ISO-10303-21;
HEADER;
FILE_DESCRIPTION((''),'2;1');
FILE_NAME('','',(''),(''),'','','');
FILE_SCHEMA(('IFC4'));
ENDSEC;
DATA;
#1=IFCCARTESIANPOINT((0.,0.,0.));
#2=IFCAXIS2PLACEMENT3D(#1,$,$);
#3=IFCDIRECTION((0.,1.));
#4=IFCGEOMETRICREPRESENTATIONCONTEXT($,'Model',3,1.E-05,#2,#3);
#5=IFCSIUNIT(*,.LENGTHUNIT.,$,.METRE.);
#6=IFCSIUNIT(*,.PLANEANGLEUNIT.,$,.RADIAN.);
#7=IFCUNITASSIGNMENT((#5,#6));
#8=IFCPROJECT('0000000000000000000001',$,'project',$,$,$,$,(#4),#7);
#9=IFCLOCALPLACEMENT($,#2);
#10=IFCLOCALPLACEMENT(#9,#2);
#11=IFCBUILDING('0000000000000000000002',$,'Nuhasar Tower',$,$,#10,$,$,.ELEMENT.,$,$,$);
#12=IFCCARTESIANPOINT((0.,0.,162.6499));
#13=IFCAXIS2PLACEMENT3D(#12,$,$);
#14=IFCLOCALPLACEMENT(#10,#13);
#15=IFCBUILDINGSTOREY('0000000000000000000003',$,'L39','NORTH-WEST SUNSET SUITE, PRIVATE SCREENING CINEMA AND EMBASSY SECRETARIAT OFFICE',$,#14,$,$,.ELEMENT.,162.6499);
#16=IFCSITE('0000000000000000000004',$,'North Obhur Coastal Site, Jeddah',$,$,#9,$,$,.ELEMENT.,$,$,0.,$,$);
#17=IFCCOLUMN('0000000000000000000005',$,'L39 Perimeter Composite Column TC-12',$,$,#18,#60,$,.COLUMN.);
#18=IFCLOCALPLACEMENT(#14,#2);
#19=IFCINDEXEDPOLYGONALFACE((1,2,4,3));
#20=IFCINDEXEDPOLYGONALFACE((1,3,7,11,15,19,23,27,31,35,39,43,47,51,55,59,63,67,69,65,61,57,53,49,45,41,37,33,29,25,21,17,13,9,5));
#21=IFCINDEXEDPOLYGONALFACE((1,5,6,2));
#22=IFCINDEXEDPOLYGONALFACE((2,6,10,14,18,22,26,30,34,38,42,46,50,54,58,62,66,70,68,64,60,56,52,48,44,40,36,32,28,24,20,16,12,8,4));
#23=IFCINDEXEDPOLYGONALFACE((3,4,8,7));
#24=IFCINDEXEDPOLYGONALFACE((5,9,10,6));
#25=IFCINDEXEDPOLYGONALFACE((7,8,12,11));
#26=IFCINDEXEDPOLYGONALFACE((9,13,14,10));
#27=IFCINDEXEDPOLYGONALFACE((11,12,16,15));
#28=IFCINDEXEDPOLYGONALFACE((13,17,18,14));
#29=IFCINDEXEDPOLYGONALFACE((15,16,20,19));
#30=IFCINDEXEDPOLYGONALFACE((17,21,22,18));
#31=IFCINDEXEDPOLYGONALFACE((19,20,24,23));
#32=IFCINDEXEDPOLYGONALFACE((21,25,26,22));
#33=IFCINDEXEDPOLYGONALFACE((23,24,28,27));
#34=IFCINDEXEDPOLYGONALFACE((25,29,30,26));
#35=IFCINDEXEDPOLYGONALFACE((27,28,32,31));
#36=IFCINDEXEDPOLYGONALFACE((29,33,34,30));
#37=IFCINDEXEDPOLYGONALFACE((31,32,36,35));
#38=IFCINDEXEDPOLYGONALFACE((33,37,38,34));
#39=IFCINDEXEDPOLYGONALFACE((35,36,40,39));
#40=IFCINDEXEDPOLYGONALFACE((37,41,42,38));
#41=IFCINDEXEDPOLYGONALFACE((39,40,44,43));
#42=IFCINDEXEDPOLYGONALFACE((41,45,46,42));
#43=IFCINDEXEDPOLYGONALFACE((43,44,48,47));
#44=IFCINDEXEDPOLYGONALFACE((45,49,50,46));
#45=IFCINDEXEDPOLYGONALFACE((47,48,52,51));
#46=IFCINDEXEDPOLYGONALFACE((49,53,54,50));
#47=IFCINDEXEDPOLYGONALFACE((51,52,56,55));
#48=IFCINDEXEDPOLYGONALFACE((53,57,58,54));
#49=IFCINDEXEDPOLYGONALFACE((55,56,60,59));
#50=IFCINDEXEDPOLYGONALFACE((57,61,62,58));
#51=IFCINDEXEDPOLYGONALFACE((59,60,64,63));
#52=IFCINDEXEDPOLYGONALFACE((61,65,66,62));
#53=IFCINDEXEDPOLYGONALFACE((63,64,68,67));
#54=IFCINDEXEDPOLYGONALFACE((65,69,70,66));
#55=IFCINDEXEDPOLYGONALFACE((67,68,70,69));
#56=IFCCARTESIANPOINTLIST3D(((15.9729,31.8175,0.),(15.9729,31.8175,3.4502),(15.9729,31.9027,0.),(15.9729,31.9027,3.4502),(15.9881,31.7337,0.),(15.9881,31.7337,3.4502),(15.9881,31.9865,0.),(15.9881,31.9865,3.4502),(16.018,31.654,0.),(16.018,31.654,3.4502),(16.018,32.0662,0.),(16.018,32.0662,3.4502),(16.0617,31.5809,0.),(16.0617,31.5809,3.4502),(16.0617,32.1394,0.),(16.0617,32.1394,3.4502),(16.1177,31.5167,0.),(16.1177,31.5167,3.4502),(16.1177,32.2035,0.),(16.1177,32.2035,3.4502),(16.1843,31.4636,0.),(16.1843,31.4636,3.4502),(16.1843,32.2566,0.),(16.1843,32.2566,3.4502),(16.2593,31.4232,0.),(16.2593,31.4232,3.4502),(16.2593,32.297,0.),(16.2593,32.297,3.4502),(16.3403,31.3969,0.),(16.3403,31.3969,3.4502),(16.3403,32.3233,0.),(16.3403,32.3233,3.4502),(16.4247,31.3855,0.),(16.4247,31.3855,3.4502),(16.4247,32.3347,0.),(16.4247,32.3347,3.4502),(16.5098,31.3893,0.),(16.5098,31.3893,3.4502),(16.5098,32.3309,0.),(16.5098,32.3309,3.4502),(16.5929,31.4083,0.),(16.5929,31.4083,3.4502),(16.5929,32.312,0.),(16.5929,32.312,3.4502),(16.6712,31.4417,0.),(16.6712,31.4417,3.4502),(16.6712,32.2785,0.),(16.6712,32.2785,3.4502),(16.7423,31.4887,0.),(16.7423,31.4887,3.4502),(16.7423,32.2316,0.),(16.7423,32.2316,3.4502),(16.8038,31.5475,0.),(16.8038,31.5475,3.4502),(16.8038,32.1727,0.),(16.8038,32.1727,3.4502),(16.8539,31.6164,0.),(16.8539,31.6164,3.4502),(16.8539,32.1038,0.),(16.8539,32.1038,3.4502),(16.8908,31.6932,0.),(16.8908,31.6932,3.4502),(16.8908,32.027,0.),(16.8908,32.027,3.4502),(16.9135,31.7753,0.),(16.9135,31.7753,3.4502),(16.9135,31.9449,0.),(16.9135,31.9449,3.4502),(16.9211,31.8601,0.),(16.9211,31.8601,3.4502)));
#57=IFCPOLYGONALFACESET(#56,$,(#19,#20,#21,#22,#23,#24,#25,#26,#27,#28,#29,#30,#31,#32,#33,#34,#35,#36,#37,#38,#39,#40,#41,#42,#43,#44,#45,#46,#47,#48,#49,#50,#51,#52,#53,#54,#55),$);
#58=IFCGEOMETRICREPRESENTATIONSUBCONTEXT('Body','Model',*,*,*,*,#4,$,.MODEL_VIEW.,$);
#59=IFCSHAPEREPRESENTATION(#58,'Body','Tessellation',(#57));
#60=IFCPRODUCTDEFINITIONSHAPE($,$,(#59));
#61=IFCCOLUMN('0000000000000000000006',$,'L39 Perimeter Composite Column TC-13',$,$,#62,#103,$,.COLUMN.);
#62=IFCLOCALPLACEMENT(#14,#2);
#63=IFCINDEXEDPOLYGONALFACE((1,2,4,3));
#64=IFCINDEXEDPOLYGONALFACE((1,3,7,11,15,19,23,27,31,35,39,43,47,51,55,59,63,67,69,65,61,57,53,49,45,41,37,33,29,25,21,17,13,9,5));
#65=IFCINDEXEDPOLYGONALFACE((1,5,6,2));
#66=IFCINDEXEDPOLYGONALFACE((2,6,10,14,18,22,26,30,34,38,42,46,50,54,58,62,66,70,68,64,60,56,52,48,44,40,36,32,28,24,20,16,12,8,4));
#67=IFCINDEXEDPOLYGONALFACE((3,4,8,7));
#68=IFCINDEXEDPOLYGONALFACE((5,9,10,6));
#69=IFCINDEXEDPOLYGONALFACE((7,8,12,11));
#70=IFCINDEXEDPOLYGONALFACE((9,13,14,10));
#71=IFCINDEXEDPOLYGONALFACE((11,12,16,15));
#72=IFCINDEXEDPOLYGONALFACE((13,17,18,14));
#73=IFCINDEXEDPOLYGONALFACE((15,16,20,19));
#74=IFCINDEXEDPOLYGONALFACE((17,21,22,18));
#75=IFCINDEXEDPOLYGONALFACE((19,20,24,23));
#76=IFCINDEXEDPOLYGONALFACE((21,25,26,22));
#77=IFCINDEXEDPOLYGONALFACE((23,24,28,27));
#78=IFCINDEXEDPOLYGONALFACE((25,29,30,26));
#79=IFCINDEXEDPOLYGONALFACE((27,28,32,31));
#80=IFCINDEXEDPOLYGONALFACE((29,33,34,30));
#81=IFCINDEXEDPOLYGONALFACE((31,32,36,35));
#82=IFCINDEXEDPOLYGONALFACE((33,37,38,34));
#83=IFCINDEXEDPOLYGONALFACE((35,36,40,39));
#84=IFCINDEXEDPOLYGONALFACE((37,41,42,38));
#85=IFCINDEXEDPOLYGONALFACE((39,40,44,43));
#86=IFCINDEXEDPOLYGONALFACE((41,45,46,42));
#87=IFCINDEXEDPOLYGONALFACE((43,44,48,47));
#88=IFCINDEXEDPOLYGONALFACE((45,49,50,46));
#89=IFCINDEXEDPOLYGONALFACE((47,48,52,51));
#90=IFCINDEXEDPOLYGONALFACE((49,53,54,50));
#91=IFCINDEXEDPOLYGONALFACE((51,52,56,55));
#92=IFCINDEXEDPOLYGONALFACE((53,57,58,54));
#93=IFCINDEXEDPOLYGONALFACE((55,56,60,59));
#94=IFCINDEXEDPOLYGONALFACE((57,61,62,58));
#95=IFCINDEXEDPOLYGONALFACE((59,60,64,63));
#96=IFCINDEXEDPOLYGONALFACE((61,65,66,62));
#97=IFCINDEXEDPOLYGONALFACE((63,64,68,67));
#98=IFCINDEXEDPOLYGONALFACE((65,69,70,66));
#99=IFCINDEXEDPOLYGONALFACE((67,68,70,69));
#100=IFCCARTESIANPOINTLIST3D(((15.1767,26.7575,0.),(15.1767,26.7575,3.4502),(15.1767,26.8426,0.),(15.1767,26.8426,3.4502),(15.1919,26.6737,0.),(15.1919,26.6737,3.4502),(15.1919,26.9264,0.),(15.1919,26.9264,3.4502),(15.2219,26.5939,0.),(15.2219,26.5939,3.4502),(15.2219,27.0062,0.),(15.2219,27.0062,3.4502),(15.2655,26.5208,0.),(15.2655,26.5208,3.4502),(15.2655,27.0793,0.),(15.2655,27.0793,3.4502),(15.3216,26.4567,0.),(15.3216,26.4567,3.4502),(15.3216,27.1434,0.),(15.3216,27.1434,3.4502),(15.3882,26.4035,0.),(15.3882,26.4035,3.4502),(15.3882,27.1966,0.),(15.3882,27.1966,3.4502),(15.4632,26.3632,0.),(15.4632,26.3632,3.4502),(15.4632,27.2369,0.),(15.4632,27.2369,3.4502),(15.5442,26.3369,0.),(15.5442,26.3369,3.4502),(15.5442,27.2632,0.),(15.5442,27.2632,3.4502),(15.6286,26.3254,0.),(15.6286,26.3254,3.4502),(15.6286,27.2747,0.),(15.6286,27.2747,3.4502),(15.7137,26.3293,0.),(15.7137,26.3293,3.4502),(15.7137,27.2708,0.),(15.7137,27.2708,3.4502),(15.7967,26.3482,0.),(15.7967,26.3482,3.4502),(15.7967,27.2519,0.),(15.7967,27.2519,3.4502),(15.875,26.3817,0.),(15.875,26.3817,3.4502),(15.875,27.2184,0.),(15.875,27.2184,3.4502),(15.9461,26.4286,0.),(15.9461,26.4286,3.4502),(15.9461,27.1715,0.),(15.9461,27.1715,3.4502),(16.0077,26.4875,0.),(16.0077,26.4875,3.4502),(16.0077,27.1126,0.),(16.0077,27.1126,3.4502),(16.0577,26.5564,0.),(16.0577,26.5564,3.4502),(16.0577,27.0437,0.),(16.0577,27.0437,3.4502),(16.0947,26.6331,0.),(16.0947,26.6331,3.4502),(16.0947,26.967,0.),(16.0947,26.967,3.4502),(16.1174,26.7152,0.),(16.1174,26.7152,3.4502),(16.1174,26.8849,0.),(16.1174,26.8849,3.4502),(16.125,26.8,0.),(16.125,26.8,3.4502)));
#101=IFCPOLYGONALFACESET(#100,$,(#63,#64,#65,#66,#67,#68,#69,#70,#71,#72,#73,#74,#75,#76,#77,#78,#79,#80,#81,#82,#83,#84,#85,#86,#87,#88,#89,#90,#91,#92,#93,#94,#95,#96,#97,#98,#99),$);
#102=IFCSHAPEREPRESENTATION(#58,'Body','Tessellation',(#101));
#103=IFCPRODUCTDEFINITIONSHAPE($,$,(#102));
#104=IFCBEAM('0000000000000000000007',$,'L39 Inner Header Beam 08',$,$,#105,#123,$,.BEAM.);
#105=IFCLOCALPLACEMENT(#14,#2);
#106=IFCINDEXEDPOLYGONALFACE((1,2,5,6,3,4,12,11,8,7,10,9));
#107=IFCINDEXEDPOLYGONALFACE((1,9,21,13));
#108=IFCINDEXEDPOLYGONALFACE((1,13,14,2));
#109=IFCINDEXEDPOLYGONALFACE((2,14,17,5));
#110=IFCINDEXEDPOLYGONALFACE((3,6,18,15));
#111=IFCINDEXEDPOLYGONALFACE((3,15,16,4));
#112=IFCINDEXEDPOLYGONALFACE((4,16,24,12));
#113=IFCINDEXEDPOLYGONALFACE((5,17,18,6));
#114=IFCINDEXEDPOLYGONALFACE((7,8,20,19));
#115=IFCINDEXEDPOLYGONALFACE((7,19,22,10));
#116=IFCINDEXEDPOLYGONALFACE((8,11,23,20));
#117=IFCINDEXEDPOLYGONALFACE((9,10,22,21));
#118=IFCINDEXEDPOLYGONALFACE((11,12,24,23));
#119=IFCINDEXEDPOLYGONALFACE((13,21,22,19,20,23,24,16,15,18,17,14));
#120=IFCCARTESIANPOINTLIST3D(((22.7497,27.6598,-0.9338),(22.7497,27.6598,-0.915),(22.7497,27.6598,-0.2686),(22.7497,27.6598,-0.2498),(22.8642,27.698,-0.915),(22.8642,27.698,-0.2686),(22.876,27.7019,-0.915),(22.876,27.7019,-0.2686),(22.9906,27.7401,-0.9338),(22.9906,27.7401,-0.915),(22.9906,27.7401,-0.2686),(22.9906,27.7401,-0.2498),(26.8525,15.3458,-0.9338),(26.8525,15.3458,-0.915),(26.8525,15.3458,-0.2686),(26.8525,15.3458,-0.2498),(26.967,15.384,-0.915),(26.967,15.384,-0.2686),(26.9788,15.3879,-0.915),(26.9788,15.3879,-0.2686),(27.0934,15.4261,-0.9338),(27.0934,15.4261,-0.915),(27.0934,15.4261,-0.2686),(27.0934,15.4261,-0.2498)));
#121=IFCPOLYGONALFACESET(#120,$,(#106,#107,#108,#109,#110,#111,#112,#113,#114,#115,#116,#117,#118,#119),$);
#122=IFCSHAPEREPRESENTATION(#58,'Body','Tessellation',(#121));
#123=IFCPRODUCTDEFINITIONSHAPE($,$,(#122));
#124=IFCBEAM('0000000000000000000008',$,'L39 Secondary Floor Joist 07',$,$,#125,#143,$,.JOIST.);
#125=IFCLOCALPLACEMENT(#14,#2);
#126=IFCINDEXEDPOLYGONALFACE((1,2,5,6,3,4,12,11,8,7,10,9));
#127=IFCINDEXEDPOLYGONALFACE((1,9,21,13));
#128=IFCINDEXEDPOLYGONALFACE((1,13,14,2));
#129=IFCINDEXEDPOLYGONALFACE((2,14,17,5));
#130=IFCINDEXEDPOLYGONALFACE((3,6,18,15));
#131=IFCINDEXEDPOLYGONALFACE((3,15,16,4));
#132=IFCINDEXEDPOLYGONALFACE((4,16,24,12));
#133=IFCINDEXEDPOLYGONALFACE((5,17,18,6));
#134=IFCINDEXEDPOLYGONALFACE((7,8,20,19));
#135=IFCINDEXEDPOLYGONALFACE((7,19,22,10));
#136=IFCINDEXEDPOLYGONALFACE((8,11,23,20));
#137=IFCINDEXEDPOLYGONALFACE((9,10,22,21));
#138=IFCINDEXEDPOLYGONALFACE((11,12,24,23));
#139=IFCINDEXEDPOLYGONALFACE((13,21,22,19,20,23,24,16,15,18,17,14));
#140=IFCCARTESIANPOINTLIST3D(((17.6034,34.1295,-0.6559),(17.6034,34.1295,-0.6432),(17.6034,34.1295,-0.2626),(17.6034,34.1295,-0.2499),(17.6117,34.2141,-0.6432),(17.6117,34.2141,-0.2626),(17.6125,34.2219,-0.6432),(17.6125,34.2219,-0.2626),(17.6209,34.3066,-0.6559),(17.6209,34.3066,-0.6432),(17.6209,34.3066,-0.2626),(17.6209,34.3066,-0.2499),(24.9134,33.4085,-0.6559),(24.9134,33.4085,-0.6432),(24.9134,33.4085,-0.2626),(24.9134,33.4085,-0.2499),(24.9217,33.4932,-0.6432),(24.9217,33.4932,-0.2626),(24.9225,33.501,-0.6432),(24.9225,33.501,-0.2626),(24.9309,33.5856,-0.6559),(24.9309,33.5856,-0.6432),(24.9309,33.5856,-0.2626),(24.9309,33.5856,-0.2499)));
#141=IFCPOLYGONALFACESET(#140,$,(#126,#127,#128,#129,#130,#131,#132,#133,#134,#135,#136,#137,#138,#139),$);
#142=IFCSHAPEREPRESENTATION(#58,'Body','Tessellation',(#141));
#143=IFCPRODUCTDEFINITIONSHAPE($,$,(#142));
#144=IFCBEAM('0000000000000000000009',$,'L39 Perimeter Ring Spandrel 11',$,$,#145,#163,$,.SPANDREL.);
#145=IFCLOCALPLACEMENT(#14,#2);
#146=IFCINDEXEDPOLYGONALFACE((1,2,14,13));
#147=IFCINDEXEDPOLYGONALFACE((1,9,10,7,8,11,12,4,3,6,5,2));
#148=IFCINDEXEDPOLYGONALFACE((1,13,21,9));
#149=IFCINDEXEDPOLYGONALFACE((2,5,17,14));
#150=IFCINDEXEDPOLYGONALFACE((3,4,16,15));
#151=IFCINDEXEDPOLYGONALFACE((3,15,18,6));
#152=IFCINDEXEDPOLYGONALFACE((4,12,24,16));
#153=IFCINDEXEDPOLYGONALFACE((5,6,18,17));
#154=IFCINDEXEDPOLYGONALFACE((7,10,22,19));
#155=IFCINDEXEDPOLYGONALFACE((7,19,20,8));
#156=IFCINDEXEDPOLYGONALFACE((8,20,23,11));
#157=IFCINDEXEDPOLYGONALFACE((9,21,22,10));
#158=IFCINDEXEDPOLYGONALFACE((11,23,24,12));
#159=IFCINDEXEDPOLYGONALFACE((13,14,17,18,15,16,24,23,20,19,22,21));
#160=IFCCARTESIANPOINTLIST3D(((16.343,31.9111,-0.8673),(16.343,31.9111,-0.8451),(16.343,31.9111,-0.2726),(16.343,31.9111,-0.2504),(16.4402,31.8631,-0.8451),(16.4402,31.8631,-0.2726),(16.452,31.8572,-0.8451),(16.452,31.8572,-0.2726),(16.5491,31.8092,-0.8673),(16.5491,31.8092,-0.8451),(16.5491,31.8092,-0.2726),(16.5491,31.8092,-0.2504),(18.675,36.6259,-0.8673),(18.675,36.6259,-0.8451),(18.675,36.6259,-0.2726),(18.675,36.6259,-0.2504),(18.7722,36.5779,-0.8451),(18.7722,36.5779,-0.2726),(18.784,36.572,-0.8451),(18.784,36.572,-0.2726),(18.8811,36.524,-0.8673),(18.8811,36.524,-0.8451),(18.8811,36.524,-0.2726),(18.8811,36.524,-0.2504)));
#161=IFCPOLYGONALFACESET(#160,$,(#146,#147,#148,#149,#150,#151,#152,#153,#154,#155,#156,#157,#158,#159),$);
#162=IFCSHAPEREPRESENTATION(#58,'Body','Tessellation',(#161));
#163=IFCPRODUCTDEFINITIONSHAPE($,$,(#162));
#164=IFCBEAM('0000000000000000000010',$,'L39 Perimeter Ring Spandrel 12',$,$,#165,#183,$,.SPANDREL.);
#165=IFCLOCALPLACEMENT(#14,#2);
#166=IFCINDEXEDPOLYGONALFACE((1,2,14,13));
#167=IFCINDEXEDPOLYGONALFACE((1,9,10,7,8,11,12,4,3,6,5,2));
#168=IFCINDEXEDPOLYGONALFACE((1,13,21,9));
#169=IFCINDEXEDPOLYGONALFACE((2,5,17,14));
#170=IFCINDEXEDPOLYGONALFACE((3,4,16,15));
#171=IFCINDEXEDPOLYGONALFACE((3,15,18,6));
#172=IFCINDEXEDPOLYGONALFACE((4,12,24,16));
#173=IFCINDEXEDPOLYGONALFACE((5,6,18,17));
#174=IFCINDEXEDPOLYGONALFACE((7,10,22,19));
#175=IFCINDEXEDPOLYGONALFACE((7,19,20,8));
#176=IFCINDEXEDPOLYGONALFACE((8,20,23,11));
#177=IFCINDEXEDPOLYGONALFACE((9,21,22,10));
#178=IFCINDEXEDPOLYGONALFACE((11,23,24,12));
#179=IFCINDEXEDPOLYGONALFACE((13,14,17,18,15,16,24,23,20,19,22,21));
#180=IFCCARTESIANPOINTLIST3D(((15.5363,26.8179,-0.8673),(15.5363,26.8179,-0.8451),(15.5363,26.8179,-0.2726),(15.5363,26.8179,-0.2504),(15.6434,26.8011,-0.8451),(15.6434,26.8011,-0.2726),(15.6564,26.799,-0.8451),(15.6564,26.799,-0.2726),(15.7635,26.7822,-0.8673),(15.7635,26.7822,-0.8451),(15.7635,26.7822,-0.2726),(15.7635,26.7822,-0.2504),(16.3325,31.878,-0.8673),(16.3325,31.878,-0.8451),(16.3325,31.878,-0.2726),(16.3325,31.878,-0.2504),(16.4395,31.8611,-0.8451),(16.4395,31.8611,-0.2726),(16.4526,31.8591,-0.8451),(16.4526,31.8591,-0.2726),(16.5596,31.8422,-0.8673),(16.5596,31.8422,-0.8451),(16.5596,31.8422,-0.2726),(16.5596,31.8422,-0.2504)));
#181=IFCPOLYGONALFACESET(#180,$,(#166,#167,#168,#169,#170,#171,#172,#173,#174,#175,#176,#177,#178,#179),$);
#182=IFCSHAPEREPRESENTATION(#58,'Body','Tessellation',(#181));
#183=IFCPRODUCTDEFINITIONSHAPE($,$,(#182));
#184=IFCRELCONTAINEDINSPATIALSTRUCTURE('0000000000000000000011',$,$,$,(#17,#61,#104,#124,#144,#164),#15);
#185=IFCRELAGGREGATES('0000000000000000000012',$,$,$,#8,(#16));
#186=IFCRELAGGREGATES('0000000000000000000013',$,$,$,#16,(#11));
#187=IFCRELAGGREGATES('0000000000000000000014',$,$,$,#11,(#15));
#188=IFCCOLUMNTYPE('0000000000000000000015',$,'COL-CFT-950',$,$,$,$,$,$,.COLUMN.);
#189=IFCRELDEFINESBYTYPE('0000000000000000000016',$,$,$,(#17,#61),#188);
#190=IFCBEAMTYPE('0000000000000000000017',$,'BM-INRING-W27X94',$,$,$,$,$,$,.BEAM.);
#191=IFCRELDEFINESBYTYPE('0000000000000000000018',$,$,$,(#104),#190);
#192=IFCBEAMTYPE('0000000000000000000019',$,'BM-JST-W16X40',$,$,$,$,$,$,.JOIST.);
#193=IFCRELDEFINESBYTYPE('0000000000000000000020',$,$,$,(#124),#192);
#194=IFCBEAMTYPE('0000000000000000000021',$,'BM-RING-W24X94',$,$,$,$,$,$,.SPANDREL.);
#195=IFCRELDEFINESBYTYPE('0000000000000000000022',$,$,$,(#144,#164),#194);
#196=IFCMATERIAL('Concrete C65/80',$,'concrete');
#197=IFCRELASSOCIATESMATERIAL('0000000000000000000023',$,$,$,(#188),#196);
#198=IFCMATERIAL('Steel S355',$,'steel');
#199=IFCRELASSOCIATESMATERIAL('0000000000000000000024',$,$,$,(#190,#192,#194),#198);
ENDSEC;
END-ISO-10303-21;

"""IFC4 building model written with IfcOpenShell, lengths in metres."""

from ifc_helpers import new_model, si_unit, direction, frame, origin, origin_2d, place, context, subcontext, project, spatial, circle, i_section, extrude, material, material_profile, profile_set, type_object, element, save


model = new_model("IFC4")

# Units and contexts
model_context = context("Model", 3, precision=1e-05, world=origin(), true_north=direction((0.0, 1.0)))
body_context = subcontext(model_context, "Body", "Model", "MODEL_VIEW")
ifc_project = project(units=[si_unit("LENGTHUNIT", "METRE"), si_unit("PLANEANGLEUNIT", "RADIAN")], contexts=[model_context])

# Site, building, storey
site_placement = place(None, origin())
site = spatial("IfcSite", under=ifc_project, at=site_placement, Name="North Obhur Coastal Site, Jeddah", CompositionType="ELEMENT", RefElevation=0.0)
building_placement = place(site_placement, origin())
building = spatial("IfcBuilding", under=site, at=building_placement, Name="Nuhasar Tower", CompositionType="ELEMENT")
storey_placement = place(building_placement, frame((0.0, 0.0, 162.6499)))
storey = spatial("IfcBuildingStorey", under=building, at=storey_placement, Name="L39", Description="NORTH-WEST SUNSET SUITE, PRIVATE SCREENING CINEMA AND EMBASSY SECRETARIAT OFFICE", CompositionType="ELEMENT", Elevation=162.6499)

# Columns
ifc_material_1 = material(Name="Concrete C65/80", Category="concrete")
ifc_material_profile_1 = material_profile(ifc_material_1, circle(Radius=0.4751, at=origin_2d()), Name="CFT950")
ifc_profile_set_1 = profile_set([ifc_material_profile_1], Name="Concrete C65/80")
column_type = type_object("IfcColumnType", Name="COL-CFT-950", PredefinedType="COLUMN", material=ifc_profile_set_1)
for number, where, z_axis, x_axis, name in (
    (1, (16.446, 31.8601, 0.0), (0.0, 0.0, 1.0), (1.0, 0.0, 0.0), "L39 Perimeter Composite Column TC-12"),
    (2, (15.6499, 26.8, 0.0), (0.0, 0.0, 1.0), (1.0, 0.0, 0.0), "L39 Perimeter Composite Column TC-13"),
):
    element("IfcColumn", number, at=place(storey_placement, frame(where, z_axis=z_axis, x_axis=x_axis)), inside=storey, type_object=column_type, Name=name, PredefinedType="COLUMN", context=body_context, shape_type="SweptSolid", body=[
        extrude(circle(Radius=0.4751, at=origin_2d()), origin(), (0.0, 0.0, 1.0), 3.4502),
    ])

# Beams
ifc_material_2 = material(Name="Steel S355", Category="steel")
ifc_material_profile_2 = material_profile(ifc_material_2, i_section(OverallWidth=0.2539, OverallDepth=0.6841, WebThickness=0.0125, FlangeThickness=0.0188, at=origin_2d()), Name="W27X94")
ifc_profile_set_2 = profile_set([ifc_material_profile_2], Name="Steel S355")
beam_type_1 = type_object("IfcBeamType", Name="BM-INRING-W27X94", PredefinedType="BEAM", material=ifc_profile_set_2)
beam_1_placement = place(storey_placement, frame((22.8701, 27.7, -0.5918), z_axis=(0.316098, -0.948727, 0.0), x_axis=(0.948727, 0.316098, 0.0)))
element("IfcBeam", 3, at=beam_1_placement, inside=storey, type_object=beam_type_1, Name="L39 Inner Header Beam 08", PredefinedType="BEAM", context=body_context, shape_type="SweptSolid", body=[
    extrude(i_section(OverallWidth=0.2539, OverallDepth=0.6841, WebThickness=0.0125, FlangeThickness=0.0188, at=origin_2d()), origin(), (0.0, 0.0, 1.0), 12.9795),
])
ifc_material_profile_3 = material_profile(ifc_material_2, i_section(OverallWidth=0.178, OverallDepth=0.406, WebThickness=0.0078, FlangeThickness=0.0127, at=origin_2d()), Name="W16X40")
ifc_profile_set_3 = profile_set([ifc_material_profile_3], Name="Steel S355")
beam_type_2 = type_object("IfcBeamType", Name="BM-JST-W16X40", PredefinedType="JOIST", material=ifc_profile_set_3)
beam_2_placement = place(storey_placement, frame((24.9221, 33.4971, -0.4529), z_axis=(-0.995172, 0.098148, 0.0), x_axis=(-0.098148, -0.995172, 0.0)))
element("IfcBeam", 4, at=beam_2_placement, inside=storey, type_object=beam_type_2, Name="L39 Secondary Floor Joist 07", PredefinedType="JOIST", context=body_context, shape_type="SweptSolid", body=[
    extrude(i_section(OverallWidth=0.178, OverallDepth=0.406, WebThickness=0.0078, FlangeThickness=0.0127, at=origin_2d()), origin(), (0.0, 0.0, 1.0), 7.3455),
])
ifc_material_profile_4 = material_profile(ifc_material_2, i_section(OverallWidth=0.23, OverallDepth=0.6169, WebThickness=0.0132, FlangeThickness=0.0222, at=origin_2d()), Name="W24X94")
ifc_profile_set_4 = profile_set([ifc_material_profile_4], Name="Steel S355")
beam_type_3 = type_object("IfcBeamType", Name="BM-RING-W24X94", PredefinedType="SPANDREL", material=ifc_profile_set_4)
beam_3_placement = place(storey_placement, frame((18.7781, 36.575, -0.5588), z_axis=(-0.443348, -0.89635, 0.0), x_axis=(0.89635, -0.443348, 0.0)))
element("IfcBeam", 5, at=beam_3_placement, inside=storey, type_object=beam_type_3, Name="L39 Perimeter Ring Spandrel 11", PredefinedType="SPANDREL", context=body_context, shape_type="SweptSolid", body=[
    extrude(i_section(OverallWidth=0.23, OverallDepth=0.6169, WebThickness=0.0132, FlangeThickness=0.0222, at=origin_2d()), origin(), (0.0, 0.0, 1.0), 5.26),
])
beam_4_placement = place(storey_placement, frame((16.446, 31.8601, -0.5588), z_axis=(-0.155427, -0.987847, 0.0), x_axis=(0.987847, -0.155427, 0.0)))
element("IfcBeam", 6, at=beam_4_placement, inside=storey, type_object=beam_type_3, Name="L39 Perimeter Ring Spandrel 12", PredefinedType="SPANDREL", context=body_context, shape_type="SweptSolid", body=[
    extrude(i_section(OverallWidth=0.23, OverallDepth=0.6169, WebThickness=0.0132, FlangeThickness=0.0222, at=origin_2d()), origin(), (0.0, 0.0, 1.0), 5.1223),
])

save(model, "model.ifc")
